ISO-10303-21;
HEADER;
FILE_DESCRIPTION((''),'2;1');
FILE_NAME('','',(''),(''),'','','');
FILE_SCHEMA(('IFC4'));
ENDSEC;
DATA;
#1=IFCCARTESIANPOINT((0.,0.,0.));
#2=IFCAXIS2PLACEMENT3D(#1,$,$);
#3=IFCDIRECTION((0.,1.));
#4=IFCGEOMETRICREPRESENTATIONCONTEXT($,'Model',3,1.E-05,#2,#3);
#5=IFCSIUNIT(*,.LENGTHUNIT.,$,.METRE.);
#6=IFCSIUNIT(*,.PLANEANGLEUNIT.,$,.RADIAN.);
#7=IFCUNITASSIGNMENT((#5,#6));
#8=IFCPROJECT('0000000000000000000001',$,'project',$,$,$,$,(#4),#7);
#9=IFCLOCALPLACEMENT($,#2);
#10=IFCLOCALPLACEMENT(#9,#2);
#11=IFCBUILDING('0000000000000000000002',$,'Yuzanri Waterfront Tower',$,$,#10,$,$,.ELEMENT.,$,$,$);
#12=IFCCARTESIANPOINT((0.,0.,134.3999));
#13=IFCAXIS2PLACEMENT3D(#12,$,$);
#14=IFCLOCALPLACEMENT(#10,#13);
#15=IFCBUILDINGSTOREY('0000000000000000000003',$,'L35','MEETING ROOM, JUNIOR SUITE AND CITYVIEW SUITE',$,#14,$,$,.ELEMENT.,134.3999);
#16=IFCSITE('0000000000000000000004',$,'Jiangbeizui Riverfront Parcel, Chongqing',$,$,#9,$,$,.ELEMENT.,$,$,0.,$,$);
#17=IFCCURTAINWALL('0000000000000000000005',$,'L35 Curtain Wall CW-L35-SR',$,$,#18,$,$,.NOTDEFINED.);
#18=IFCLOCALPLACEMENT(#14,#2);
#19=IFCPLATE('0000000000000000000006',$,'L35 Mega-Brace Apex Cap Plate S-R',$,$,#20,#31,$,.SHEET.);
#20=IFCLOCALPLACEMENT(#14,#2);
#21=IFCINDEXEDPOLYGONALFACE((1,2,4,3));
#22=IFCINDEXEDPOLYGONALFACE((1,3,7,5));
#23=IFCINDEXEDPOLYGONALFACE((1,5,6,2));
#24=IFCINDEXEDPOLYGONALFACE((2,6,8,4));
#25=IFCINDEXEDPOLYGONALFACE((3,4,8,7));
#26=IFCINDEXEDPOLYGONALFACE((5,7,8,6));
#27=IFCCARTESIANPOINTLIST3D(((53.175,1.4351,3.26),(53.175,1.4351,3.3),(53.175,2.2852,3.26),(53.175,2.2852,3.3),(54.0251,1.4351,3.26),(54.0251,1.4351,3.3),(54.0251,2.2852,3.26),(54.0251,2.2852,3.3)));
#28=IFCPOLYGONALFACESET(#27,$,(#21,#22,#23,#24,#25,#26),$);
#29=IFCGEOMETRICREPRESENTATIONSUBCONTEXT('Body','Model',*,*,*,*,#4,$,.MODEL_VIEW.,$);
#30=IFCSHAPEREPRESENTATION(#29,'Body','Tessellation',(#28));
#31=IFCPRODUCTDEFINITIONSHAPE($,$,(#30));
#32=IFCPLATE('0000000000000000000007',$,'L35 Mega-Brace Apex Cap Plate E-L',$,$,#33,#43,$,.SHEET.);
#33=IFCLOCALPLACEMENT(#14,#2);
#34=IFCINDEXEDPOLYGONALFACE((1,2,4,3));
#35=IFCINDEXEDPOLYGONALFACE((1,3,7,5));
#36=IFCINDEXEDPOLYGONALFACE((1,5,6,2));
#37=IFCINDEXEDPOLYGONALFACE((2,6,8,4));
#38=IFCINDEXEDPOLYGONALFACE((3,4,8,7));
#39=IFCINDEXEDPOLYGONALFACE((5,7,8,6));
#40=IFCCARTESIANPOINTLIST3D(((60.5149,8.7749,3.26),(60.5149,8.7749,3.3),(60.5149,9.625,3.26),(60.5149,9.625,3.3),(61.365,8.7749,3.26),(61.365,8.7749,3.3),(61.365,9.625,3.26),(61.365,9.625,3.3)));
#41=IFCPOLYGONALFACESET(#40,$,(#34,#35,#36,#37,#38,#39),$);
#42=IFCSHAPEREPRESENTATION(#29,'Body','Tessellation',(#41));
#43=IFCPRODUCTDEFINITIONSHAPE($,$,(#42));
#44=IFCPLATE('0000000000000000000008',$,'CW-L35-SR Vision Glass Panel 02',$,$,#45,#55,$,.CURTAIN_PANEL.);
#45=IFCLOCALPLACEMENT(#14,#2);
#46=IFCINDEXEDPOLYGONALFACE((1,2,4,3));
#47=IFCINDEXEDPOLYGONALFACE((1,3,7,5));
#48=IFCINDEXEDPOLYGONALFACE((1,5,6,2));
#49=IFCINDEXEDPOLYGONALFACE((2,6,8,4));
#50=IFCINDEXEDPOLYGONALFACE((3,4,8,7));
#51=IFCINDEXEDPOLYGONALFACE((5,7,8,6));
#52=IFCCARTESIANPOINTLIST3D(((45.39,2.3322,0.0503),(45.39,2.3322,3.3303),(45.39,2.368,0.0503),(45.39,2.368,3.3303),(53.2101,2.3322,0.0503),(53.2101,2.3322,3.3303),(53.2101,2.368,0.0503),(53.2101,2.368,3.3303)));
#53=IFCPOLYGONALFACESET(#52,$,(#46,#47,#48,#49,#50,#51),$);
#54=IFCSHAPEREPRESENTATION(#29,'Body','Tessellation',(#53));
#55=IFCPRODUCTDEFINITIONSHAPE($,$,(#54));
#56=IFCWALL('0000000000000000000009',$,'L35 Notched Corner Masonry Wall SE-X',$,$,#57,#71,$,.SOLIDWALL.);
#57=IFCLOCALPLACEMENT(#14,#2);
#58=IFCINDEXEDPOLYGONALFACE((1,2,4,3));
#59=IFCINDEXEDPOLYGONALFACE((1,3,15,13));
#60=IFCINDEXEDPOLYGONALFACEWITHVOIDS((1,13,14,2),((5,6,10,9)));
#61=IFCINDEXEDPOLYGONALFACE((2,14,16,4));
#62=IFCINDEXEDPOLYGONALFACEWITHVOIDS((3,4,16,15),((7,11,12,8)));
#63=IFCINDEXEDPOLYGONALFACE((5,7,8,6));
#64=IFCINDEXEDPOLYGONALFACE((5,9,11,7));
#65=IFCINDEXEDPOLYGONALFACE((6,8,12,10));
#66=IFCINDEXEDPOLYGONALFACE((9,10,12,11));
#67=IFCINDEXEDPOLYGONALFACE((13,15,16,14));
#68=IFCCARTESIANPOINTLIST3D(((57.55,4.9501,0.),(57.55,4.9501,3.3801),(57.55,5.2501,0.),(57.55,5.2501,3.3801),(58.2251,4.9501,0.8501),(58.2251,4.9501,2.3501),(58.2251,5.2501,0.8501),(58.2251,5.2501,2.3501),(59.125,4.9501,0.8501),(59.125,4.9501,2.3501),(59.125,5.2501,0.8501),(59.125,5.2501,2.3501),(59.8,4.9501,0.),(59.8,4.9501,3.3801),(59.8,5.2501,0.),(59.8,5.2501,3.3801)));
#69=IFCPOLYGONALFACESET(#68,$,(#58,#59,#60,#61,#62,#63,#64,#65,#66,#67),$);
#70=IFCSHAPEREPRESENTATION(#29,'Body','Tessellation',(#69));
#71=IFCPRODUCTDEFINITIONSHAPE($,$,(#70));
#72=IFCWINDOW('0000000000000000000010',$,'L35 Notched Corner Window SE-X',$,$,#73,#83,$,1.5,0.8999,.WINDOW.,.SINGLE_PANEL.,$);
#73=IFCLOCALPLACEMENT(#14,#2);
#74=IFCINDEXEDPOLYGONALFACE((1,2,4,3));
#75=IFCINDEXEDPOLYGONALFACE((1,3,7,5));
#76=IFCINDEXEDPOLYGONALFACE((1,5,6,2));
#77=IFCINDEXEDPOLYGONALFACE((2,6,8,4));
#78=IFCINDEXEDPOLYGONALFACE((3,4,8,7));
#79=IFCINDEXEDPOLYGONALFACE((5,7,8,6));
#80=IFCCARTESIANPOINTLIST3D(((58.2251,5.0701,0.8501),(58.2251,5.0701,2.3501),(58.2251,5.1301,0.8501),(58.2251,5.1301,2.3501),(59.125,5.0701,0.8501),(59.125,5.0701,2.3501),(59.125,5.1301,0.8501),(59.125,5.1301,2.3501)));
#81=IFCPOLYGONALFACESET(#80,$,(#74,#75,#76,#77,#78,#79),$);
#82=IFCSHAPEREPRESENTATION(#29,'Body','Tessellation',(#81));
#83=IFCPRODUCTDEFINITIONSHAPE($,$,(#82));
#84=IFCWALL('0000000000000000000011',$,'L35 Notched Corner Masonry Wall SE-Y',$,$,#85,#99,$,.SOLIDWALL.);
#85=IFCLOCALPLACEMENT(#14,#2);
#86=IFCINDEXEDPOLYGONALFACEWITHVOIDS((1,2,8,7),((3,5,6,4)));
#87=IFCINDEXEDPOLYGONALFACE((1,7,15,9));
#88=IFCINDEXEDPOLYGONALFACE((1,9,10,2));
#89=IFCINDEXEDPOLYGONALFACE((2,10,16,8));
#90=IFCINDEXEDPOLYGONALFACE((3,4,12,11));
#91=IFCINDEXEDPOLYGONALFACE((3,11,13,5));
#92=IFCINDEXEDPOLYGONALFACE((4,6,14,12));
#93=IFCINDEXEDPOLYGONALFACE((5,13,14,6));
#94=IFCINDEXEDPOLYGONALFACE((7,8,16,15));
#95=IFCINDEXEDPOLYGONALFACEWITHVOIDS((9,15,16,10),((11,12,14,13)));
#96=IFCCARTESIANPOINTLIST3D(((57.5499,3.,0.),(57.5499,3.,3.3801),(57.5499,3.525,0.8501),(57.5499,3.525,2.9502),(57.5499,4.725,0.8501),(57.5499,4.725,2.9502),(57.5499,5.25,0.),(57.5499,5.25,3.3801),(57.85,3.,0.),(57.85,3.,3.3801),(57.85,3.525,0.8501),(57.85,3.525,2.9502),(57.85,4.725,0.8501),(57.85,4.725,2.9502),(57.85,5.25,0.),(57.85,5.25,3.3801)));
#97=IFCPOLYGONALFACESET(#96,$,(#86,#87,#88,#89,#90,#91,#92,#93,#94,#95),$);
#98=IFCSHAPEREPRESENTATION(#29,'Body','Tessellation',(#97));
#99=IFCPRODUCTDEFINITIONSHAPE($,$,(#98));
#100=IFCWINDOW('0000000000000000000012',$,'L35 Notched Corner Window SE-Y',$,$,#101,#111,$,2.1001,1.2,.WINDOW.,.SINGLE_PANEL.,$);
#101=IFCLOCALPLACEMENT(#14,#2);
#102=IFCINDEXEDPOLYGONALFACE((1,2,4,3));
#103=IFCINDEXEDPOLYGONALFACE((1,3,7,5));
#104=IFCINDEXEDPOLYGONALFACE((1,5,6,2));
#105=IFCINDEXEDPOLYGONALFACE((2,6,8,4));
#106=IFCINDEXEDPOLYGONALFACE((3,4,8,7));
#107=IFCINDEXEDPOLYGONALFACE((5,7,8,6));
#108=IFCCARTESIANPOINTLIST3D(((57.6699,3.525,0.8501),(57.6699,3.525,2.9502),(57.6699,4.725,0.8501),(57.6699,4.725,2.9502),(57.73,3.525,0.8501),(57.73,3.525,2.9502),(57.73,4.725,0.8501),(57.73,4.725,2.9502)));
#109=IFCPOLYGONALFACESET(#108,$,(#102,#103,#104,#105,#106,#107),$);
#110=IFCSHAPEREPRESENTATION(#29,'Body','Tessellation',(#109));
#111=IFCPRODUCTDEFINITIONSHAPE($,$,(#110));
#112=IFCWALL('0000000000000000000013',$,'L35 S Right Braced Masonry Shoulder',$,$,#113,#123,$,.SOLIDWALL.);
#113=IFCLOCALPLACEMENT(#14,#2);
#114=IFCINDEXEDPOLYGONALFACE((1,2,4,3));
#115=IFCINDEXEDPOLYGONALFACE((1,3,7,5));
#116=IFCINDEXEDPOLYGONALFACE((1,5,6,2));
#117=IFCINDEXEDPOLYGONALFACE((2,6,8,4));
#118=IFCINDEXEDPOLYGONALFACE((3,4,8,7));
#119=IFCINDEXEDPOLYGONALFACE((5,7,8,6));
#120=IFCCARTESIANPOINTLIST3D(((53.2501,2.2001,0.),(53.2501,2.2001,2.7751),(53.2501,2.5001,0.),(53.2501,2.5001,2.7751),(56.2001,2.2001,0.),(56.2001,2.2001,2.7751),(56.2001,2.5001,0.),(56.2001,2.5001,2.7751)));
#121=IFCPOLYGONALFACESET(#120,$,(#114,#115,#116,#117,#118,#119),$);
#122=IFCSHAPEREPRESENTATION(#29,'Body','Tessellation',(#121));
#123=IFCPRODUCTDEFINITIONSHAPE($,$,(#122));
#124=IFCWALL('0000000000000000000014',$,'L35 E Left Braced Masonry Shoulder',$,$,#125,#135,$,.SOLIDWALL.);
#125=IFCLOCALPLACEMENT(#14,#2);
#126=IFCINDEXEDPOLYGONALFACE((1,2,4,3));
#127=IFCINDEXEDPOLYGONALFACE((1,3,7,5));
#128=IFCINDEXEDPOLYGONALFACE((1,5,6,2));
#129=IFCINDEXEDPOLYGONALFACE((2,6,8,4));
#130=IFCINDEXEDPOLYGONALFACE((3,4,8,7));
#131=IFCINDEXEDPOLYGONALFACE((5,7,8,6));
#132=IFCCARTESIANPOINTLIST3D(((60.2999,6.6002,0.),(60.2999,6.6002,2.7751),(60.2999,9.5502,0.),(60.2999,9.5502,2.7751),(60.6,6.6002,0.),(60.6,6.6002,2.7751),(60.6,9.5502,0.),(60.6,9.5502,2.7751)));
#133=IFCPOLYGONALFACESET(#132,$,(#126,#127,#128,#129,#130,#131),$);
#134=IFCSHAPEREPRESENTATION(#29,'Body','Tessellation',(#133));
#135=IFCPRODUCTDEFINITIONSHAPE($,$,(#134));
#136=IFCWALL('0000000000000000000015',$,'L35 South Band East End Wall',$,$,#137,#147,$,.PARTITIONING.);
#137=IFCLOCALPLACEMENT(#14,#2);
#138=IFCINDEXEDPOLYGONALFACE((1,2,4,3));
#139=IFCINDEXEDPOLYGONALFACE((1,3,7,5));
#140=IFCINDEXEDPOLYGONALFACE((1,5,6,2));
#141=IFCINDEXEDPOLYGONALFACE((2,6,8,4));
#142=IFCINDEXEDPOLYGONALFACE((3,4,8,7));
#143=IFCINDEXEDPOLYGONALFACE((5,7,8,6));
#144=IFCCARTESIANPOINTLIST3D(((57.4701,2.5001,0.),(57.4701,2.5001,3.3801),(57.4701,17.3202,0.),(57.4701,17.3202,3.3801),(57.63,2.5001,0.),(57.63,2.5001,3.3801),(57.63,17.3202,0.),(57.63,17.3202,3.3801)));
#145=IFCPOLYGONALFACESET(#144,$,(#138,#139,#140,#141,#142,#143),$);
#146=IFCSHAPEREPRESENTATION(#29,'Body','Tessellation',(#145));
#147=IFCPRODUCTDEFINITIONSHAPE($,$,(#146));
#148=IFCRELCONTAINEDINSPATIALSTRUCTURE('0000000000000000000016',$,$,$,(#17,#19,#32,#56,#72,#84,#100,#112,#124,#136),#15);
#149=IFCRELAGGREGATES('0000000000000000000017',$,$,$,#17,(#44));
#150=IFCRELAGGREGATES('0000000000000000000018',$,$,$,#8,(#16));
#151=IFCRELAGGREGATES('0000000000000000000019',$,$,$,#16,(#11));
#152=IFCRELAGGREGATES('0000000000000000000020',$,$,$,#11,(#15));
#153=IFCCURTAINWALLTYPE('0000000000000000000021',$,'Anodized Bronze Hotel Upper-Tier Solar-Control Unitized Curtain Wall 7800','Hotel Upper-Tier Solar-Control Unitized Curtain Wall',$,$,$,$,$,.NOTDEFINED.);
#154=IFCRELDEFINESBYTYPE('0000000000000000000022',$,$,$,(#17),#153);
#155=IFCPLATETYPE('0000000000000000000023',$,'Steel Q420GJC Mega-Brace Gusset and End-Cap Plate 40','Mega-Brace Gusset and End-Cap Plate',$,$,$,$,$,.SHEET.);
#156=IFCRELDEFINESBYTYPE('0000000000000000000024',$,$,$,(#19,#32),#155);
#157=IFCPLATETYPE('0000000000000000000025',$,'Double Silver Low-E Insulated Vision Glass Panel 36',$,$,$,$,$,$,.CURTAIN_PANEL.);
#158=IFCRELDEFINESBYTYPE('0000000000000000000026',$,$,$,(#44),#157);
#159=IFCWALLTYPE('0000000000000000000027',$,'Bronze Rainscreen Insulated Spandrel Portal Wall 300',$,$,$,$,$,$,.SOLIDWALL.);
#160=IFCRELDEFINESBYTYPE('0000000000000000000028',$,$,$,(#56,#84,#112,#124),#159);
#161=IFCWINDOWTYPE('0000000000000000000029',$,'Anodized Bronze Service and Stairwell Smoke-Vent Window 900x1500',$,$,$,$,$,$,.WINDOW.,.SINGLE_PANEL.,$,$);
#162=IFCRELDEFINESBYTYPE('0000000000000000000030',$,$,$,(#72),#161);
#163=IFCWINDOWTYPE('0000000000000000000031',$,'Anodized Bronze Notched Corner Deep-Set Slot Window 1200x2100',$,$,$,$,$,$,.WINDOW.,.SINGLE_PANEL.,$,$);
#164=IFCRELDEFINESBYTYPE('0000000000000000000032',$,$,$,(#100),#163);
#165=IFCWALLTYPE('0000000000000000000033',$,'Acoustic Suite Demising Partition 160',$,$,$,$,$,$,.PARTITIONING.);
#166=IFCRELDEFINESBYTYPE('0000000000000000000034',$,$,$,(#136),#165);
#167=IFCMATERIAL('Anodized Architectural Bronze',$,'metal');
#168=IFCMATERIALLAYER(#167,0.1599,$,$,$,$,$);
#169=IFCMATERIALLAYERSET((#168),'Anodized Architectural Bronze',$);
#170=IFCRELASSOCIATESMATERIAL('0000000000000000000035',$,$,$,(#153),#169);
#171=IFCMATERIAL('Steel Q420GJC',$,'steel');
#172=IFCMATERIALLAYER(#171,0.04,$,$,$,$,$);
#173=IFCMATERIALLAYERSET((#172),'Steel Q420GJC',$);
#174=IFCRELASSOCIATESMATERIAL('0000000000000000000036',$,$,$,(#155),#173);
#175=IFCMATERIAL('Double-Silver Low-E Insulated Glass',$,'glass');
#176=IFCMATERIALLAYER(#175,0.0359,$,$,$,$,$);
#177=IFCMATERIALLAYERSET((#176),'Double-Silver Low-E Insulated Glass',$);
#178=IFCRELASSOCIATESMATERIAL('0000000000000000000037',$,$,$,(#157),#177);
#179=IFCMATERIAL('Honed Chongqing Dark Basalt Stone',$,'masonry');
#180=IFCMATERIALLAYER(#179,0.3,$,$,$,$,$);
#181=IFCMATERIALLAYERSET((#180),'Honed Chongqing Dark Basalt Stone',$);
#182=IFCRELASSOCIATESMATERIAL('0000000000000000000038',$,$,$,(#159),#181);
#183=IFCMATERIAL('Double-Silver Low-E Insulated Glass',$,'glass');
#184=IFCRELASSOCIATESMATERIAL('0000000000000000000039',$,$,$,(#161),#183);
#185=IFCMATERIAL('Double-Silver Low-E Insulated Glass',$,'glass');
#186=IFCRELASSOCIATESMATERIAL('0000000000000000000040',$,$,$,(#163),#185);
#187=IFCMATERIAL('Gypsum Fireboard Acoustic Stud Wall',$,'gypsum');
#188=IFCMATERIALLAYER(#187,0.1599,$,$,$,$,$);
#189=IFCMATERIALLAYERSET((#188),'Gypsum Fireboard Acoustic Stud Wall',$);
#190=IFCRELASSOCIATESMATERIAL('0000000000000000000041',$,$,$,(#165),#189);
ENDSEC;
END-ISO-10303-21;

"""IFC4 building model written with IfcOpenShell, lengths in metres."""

from ifc_helpers import new_model, si_unit, direction, frame, frame_2d, origin, origin_2d, place, context, subcontext, project, spatial, rectangle, extrude, source, transform, mapped, material, layer, layer_set, type_object, element, fill, aggregate, save


model = new_model("IFC4")

# Units and contexts
model_context = context("Model", 3, precision=1e-05, world=origin(), true_north=direction((0.0, 1.0)))
body_context = subcontext(model_context, "Body", "Model", "MODEL_VIEW")
ifc_project = project(units=[si_unit("LENGTHUNIT", "METRE"), si_unit("PLANEANGLEUNIT", "RADIAN")], contexts=[model_context])

# Site, building, storey
site_placement = place(None, origin())
site = spatial("IfcSite", under=ifc_project, at=site_placement, Name="Jiangbeizui Riverfront Parcel, Chongqing", CompositionType="ELEMENT", RefElevation=0.0)
building_placement = place(site_placement, origin())
building = spatial("IfcBuilding", under=site, at=building_placement, Name="Yuzanri Waterfront Tower", CompositionType="ELEMENT")
storey_placement = place(building_placement, frame((0.0, 0.0, 134.3999)))
storey = spatial("IfcBuildingStorey", under=building, at=storey_placement, Name="L35", Description="MEETING ROOM, JUNIOR SUITE AND CITYVIEW SUITE", CompositionType="ELEMENT", Elevation=134.3999)

# Curtain wall
ifc_material_1 = material(Name="Anodized Architectural Bronze", Category="metal")
ifc_layer_1 = layer(ifc_material_1, 0.1599)
ifc_layer_set_1 = layer_set([ifc_layer_1], Name="Anodized Architectural Bronze")
curtain_wall_type = type_object("IfcCurtainWallType", Name="Anodized Bronze Hotel Upper-Tier Solar-Control Unitized Curtain Wall 7800", Description="Hotel Upper-Tier Solar-Control Unitized Curtain Wall", PredefinedType="NOTDEFINED", material=ifc_layer_set_1)
curtain_wall_1_placement = place(storey_placement, origin())
curtain_wall_1 = element("IfcCurtainWall", 1, at=curtain_wall_1_placement, inside=storey, type_object=curtain_wall_type, Name="L35 Curtain Wall CW-L35-SR", PredefinedType="NOTDEFINED")

# Plates
ifc_material_2 = material(Name="Steel Q420GJC", Category="steel")
ifc_layer_2 = layer(ifc_material_2, 0.04)
ifc_layer_set_2 = layer_set([ifc_layer_2], Name="Steel Q420GJC")
plate_type_1 = type_object("IfcPlateType", Name="Steel Q420GJC Mega-Brace Gusset and End-Cap Plate 40", Description="Mega-Brace Gusset and End-Cap Plate", PredefinedType="SHEET", material=ifc_layer_set_2)
shared_shape_1 = source(origin(), body_context, "Body", "SweptSolid", [
    extrude(rectangle(XDim=0.8501, YDim=0.8501, at=origin_2d()), origin(), (0.0, 0.0, 1.0), 0.04),
])
for number, where, z_axis, x_axis, name in (
    (2, (53.6001, 1.8601, 3.26), (0.0, 0.0, 1.0), (1.0, 0.0, 0.0), "L35 Mega-Brace Apex Cap Plate S-R"),
    (3, (60.9399, 9.2, 3.26), (0.0, 0.0, 1.0), (1.0, 0.0, 0.0), "L35 Mega-Brace Apex Cap Plate E-L"),
):
    element("IfcPlate", number, at=place(storey_placement, frame(where, z_axis=z_axis, x_axis=x_axis)), inside=storey, type_object=plate_type_1, Name=name, PredefinedType="SHEET", context=body_context, shape_type="MappedRepresentation", body=[
        mapped(shared_shape_1, transform((0.0, 0.0, 0.0), scale=1.0)),
    ])

# Plate
ifc_material_3 = material(Name="Double-Silver Low-E Insulated Glass", Category="glass")
ifc_layer_3 = layer(ifc_material_3, 0.0359)
ifc_layer_set_3 = layer_set([ifc_layer_3], Name="Double-Silver Low-E Insulated Glass")
plate_type_2 = type_object("IfcPlateType", Name="Double Silver Low-E Insulated Vision Glass Panel 36", PredefinedType="CURTAIN_PANEL", material=ifc_layer_set_3)
shared_shape_2 = source(origin(), body_context, "Body", "SweptSolid", [
    extrude(rectangle(XDim=7.8201, YDim=0.0359, at=origin_2d()), origin(), (0.0, 0.0, 1.0), 3.28),
])
plate_placement = place(storey_placement, frame((49.3, 2.3501, 0.0503), z_axis=(0.0, 0.0, 1.0), x_axis=(1.0, 0.0, 0.0)))
plate = element("IfcPlate", 4, at=plate_placement, type_object=plate_type_2, Name="CW-L35-SR Vision Glass Panel 02", PredefinedType="CURTAIN_PANEL", context=body_context, shape_type="MappedRepresentation", body=[
    mapped(shared_shape_2, transform((0.0, 0.0, 0.0), scale=1.0)),
])
aggregate(curtain_wall_1, [plate])

# Walls, openings, windows
ifc_material_4 = material(Name="Honed Chongqing Dark Basalt Stone", Category="masonry")
ifc_layer_4 = layer(ifc_material_4, 0.3)
ifc_layer_set_4 = layer_set([ifc_layer_4], Name="Honed Chongqing Dark Basalt Stone")
wall_type_1 = type_object("IfcWallType", Name="Bronze Rainscreen Insulated Spandrel Portal Wall 300", PredefinedType="SOLIDWALL", material=ifc_layer_set_4)
wall_1_placement = place(storey_placement, frame((57.55, 5.1001, 0.0), z_axis=(0.0, 0.0, 1.0), x_axis=(1.0, 0.0, 0.0)))
wall_1 = element("IfcWall", 5, at=wall_1_placement, inside=storey, type_object=wall_type_1, Name="L35 Notched Corner Masonry Wall SE-X", PredefinedType="SOLIDWALL", context=body_context, shape_type="SweptSolid", body=[
    extrude(rectangle(XDim=2.25, YDim=0.3, at=frame_2d((1.125, 0.0))), origin(), (0.0, 0.0, 1.0), 3.3801),
])
opening_1_placement = place(wall_1_placement, frame((0.675, 0.0, 0.8501)))
opening_1 = element("IfcOpeningElement", 6, at=opening_1_placement, cuts=wall_1, PredefinedType="OPENING", context=body_context, shape_type="SweptSolid", body=[
    extrude(rectangle(XDim=0.8999, YDim=1.5, at=frame_2d((0.45, 0.75))), frame((0.0, 0.165, 0.0), z_axis=(0.0, -1.0, 0.0), x_axis=(1.0, 0.0, 0.0)), (0.0, 0.0, 1.0), 0.3298),
])
ifc_material_5 = material(Name="Double-Silver Low-E Insulated Glass", Category="glass")
window_type_1 = type_object("IfcWindowType", Name="Anodized Bronze Service and Stairwell Smoke-Vent Window 900x1500", PartitioningType="SINGLE_PANEL", PredefinedType="WINDOW", material=ifc_material_5)
shared_shape_3 = source(origin(), body_context, "Body", "SweptSolid", [
    extrude(rectangle(XDim=0.8999, YDim=1.5, at=frame_2d((0.45, 0.75))), frame((0.0, 0.03, 0.0), z_axis=(0.0, -1.0, 0.0), x_axis=(1.0, 0.0, 0.0)), (0.0, 0.0, 1.0), 0.0601),
])
window_1_placement = place(opening_1_placement, origin())
window_1 = element("IfcWindow", 7, at=window_1_placement, inside=storey, type_object=window_type_1, Name="L35 Notched Corner Window SE-X", OverallHeight=1.5, OverallWidth=0.8999, PartitioningType="SINGLE_PANEL", PredefinedType="WINDOW", context=body_context, shape_type="MappedRepresentation", body=[
    mapped(shared_shape_3, transform((0.0, 0.0, 0.0), scale=1.0)),
])
fill(opening_1, window_1)
wall_2_placement = place(storey_placement, frame((57.7, 3.0, 0.0), z_axis=(0.0, 0.0, 1.0), x_axis=(0.0, 1.0, 0.0)))
wall_2 = element("IfcWall", 8, at=wall_2_placement, inside=storey, type_object=wall_type_1, Name="L35 Notched Corner Masonry Wall SE-Y", PredefinedType="SOLIDWALL", context=body_context, shape_type="SweptSolid", body=[
    extrude(rectangle(XDim=2.25, YDim=0.3, at=frame_2d((1.125, 0.0))), origin(), (0.0, 0.0, 1.0), 3.3801),
])
opening_2_placement = place(wall_2_placement, frame((0.5249, 0.0, 0.8501)))
opening_2 = element("IfcOpeningElement", 9, at=opening_2_placement, cuts=wall_2, PredefinedType="OPENING", context=body_context, shape_type="SweptSolid", body=[
    extrude(rectangle(XDim=1.2, YDim=2.1001, at=frame_2d((0.6001, 1.05))), frame((0.0, 0.165, 0.0), z_axis=(0.0, -1.0, 0.0), x_axis=(1.0, 0.0, 0.0)), (0.0, 0.0, 1.0), 0.3298),
])
ifc_material_6 = material(Name="Double-Silver Low-E Insulated Glass", Category="glass")
window_type_2 = type_object("IfcWindowType", Name="Anodized Bronze Notched Corner Deep-Set Slot Window 1200x2100", PartitioningType="SINGLE_PANEL", PredefinedType="WINDOW", material=ifc_material_6)
shared_shape_4 = source(origin(), body_context, "Body", "SweptSolid", [
    extrude(rectangle(XDim=1.2, YDim=2.1001, at=frame_2d((0.6001, 1.05))), frame((0.0, 0.03, 0.0), z_axis=(0.0, -1.0, 0.0), x_axis=(1.0, 0.0, 0.0)), (0.0, 0.0, 1.0), 0.0601),
])
window_2_placement = place(opening_2_placement, origin())
window_2 = element("IfcWindow", 10, at=window_2_placement, inside=storey, type_object=window_type_2, Name="L35 Notched Corner Window SE-Y", OverallHeight=2.1001, OverallWidth=1.2, PartitioningType="SINGLE_PANEL", PredefinedType="WINDOW", context=body_context, shape_type="MappedRepresentation", body=[
    mapped(shared_shape_4, transform((0.0, 0.0, 0.0), scale=1.0)),
])
fill(opening_2, window_2)

# Walls
shared_shape_5 = source(origin(), body_context, "Body", "SweptSolid", [
    extrude(rectangle(XDim=2.95, YDim=0.3, at=frame_2d((1.4751, 0.0))), origin(), (0.0, 0.0, 1.0), 2.7751),
])
for number, where, z_axis, x_axis, name in (
    (11, (53.25, 2.3501, 0.0), (0.0, 0.0, 1.0), (1.0, 0.0, 0.0), "L35 S Right Braced Masonry Shoulder"),
    (12, (60.45, 6.6001, 0.0), (0.0, 0.0, 1.0), (0.0, 1.0, 0.0), "L35 E Left Braced Masonry Shoulder"),
):
    element("IfcWall", number, at=place(storey_placement, frame(where, z_axis=z_axis, x_axis=x_axis)), inside=storey, type_object=wall_type_1, Name=name, PredefinedType="SOLIDWALL", context=body_context, shape_type="MappedRepresentation", body=[
        mapped(shared_shape_5, transform((0.0, 0.0, 0.0), scale=1.0)),
    ])
ifc_material_7 = material(Name="Gypsum Fireboard Acoustic Stud Wall", Category="gypsum")
ifc_layer_5 = layer(ifc_material_7, 0.1599)
ifc_layer_set_5 = layer_set([ifc_layer_5], Name="Gypsum Fireboard Acoustic Stud Wall")
wall_type_2 = type_object("IfcWallType", Name="Acoustic Suite Demising Partition 160", PredefinedType="PARTITIONING", material=ifc_layer_set_5)
shared_shape_6 = source(origin(), body_context, "Body", "SweptSolid", [
    extrude(rectangle(XDim=14.8201, YDim=0.1599, at=frame_2d((7.4102, 0.0))), origin(), (0.0, 0.0, 1.0), 3.3801),
])
wall_3_placement = place(storey_placement, frame((57.55, 2.5, 0.0), z_axis=(0.0, 0.0, 1.0), x_axis=(0.0, 1.0, 0.0)))
element("IfcWall", 13, at=wall_3_placement, inside=storey, type_object=wall_type_2, Name="L35 South Band East End Wall", PredefinedType="PARTITIONING", context=body_context, shape_type="MappedRepresentation", body=[
    mapped(shared_shape_6, transform((0.0, 0.0, 0.0), scale=1.0)),
])

save(model, "model.ifc")
